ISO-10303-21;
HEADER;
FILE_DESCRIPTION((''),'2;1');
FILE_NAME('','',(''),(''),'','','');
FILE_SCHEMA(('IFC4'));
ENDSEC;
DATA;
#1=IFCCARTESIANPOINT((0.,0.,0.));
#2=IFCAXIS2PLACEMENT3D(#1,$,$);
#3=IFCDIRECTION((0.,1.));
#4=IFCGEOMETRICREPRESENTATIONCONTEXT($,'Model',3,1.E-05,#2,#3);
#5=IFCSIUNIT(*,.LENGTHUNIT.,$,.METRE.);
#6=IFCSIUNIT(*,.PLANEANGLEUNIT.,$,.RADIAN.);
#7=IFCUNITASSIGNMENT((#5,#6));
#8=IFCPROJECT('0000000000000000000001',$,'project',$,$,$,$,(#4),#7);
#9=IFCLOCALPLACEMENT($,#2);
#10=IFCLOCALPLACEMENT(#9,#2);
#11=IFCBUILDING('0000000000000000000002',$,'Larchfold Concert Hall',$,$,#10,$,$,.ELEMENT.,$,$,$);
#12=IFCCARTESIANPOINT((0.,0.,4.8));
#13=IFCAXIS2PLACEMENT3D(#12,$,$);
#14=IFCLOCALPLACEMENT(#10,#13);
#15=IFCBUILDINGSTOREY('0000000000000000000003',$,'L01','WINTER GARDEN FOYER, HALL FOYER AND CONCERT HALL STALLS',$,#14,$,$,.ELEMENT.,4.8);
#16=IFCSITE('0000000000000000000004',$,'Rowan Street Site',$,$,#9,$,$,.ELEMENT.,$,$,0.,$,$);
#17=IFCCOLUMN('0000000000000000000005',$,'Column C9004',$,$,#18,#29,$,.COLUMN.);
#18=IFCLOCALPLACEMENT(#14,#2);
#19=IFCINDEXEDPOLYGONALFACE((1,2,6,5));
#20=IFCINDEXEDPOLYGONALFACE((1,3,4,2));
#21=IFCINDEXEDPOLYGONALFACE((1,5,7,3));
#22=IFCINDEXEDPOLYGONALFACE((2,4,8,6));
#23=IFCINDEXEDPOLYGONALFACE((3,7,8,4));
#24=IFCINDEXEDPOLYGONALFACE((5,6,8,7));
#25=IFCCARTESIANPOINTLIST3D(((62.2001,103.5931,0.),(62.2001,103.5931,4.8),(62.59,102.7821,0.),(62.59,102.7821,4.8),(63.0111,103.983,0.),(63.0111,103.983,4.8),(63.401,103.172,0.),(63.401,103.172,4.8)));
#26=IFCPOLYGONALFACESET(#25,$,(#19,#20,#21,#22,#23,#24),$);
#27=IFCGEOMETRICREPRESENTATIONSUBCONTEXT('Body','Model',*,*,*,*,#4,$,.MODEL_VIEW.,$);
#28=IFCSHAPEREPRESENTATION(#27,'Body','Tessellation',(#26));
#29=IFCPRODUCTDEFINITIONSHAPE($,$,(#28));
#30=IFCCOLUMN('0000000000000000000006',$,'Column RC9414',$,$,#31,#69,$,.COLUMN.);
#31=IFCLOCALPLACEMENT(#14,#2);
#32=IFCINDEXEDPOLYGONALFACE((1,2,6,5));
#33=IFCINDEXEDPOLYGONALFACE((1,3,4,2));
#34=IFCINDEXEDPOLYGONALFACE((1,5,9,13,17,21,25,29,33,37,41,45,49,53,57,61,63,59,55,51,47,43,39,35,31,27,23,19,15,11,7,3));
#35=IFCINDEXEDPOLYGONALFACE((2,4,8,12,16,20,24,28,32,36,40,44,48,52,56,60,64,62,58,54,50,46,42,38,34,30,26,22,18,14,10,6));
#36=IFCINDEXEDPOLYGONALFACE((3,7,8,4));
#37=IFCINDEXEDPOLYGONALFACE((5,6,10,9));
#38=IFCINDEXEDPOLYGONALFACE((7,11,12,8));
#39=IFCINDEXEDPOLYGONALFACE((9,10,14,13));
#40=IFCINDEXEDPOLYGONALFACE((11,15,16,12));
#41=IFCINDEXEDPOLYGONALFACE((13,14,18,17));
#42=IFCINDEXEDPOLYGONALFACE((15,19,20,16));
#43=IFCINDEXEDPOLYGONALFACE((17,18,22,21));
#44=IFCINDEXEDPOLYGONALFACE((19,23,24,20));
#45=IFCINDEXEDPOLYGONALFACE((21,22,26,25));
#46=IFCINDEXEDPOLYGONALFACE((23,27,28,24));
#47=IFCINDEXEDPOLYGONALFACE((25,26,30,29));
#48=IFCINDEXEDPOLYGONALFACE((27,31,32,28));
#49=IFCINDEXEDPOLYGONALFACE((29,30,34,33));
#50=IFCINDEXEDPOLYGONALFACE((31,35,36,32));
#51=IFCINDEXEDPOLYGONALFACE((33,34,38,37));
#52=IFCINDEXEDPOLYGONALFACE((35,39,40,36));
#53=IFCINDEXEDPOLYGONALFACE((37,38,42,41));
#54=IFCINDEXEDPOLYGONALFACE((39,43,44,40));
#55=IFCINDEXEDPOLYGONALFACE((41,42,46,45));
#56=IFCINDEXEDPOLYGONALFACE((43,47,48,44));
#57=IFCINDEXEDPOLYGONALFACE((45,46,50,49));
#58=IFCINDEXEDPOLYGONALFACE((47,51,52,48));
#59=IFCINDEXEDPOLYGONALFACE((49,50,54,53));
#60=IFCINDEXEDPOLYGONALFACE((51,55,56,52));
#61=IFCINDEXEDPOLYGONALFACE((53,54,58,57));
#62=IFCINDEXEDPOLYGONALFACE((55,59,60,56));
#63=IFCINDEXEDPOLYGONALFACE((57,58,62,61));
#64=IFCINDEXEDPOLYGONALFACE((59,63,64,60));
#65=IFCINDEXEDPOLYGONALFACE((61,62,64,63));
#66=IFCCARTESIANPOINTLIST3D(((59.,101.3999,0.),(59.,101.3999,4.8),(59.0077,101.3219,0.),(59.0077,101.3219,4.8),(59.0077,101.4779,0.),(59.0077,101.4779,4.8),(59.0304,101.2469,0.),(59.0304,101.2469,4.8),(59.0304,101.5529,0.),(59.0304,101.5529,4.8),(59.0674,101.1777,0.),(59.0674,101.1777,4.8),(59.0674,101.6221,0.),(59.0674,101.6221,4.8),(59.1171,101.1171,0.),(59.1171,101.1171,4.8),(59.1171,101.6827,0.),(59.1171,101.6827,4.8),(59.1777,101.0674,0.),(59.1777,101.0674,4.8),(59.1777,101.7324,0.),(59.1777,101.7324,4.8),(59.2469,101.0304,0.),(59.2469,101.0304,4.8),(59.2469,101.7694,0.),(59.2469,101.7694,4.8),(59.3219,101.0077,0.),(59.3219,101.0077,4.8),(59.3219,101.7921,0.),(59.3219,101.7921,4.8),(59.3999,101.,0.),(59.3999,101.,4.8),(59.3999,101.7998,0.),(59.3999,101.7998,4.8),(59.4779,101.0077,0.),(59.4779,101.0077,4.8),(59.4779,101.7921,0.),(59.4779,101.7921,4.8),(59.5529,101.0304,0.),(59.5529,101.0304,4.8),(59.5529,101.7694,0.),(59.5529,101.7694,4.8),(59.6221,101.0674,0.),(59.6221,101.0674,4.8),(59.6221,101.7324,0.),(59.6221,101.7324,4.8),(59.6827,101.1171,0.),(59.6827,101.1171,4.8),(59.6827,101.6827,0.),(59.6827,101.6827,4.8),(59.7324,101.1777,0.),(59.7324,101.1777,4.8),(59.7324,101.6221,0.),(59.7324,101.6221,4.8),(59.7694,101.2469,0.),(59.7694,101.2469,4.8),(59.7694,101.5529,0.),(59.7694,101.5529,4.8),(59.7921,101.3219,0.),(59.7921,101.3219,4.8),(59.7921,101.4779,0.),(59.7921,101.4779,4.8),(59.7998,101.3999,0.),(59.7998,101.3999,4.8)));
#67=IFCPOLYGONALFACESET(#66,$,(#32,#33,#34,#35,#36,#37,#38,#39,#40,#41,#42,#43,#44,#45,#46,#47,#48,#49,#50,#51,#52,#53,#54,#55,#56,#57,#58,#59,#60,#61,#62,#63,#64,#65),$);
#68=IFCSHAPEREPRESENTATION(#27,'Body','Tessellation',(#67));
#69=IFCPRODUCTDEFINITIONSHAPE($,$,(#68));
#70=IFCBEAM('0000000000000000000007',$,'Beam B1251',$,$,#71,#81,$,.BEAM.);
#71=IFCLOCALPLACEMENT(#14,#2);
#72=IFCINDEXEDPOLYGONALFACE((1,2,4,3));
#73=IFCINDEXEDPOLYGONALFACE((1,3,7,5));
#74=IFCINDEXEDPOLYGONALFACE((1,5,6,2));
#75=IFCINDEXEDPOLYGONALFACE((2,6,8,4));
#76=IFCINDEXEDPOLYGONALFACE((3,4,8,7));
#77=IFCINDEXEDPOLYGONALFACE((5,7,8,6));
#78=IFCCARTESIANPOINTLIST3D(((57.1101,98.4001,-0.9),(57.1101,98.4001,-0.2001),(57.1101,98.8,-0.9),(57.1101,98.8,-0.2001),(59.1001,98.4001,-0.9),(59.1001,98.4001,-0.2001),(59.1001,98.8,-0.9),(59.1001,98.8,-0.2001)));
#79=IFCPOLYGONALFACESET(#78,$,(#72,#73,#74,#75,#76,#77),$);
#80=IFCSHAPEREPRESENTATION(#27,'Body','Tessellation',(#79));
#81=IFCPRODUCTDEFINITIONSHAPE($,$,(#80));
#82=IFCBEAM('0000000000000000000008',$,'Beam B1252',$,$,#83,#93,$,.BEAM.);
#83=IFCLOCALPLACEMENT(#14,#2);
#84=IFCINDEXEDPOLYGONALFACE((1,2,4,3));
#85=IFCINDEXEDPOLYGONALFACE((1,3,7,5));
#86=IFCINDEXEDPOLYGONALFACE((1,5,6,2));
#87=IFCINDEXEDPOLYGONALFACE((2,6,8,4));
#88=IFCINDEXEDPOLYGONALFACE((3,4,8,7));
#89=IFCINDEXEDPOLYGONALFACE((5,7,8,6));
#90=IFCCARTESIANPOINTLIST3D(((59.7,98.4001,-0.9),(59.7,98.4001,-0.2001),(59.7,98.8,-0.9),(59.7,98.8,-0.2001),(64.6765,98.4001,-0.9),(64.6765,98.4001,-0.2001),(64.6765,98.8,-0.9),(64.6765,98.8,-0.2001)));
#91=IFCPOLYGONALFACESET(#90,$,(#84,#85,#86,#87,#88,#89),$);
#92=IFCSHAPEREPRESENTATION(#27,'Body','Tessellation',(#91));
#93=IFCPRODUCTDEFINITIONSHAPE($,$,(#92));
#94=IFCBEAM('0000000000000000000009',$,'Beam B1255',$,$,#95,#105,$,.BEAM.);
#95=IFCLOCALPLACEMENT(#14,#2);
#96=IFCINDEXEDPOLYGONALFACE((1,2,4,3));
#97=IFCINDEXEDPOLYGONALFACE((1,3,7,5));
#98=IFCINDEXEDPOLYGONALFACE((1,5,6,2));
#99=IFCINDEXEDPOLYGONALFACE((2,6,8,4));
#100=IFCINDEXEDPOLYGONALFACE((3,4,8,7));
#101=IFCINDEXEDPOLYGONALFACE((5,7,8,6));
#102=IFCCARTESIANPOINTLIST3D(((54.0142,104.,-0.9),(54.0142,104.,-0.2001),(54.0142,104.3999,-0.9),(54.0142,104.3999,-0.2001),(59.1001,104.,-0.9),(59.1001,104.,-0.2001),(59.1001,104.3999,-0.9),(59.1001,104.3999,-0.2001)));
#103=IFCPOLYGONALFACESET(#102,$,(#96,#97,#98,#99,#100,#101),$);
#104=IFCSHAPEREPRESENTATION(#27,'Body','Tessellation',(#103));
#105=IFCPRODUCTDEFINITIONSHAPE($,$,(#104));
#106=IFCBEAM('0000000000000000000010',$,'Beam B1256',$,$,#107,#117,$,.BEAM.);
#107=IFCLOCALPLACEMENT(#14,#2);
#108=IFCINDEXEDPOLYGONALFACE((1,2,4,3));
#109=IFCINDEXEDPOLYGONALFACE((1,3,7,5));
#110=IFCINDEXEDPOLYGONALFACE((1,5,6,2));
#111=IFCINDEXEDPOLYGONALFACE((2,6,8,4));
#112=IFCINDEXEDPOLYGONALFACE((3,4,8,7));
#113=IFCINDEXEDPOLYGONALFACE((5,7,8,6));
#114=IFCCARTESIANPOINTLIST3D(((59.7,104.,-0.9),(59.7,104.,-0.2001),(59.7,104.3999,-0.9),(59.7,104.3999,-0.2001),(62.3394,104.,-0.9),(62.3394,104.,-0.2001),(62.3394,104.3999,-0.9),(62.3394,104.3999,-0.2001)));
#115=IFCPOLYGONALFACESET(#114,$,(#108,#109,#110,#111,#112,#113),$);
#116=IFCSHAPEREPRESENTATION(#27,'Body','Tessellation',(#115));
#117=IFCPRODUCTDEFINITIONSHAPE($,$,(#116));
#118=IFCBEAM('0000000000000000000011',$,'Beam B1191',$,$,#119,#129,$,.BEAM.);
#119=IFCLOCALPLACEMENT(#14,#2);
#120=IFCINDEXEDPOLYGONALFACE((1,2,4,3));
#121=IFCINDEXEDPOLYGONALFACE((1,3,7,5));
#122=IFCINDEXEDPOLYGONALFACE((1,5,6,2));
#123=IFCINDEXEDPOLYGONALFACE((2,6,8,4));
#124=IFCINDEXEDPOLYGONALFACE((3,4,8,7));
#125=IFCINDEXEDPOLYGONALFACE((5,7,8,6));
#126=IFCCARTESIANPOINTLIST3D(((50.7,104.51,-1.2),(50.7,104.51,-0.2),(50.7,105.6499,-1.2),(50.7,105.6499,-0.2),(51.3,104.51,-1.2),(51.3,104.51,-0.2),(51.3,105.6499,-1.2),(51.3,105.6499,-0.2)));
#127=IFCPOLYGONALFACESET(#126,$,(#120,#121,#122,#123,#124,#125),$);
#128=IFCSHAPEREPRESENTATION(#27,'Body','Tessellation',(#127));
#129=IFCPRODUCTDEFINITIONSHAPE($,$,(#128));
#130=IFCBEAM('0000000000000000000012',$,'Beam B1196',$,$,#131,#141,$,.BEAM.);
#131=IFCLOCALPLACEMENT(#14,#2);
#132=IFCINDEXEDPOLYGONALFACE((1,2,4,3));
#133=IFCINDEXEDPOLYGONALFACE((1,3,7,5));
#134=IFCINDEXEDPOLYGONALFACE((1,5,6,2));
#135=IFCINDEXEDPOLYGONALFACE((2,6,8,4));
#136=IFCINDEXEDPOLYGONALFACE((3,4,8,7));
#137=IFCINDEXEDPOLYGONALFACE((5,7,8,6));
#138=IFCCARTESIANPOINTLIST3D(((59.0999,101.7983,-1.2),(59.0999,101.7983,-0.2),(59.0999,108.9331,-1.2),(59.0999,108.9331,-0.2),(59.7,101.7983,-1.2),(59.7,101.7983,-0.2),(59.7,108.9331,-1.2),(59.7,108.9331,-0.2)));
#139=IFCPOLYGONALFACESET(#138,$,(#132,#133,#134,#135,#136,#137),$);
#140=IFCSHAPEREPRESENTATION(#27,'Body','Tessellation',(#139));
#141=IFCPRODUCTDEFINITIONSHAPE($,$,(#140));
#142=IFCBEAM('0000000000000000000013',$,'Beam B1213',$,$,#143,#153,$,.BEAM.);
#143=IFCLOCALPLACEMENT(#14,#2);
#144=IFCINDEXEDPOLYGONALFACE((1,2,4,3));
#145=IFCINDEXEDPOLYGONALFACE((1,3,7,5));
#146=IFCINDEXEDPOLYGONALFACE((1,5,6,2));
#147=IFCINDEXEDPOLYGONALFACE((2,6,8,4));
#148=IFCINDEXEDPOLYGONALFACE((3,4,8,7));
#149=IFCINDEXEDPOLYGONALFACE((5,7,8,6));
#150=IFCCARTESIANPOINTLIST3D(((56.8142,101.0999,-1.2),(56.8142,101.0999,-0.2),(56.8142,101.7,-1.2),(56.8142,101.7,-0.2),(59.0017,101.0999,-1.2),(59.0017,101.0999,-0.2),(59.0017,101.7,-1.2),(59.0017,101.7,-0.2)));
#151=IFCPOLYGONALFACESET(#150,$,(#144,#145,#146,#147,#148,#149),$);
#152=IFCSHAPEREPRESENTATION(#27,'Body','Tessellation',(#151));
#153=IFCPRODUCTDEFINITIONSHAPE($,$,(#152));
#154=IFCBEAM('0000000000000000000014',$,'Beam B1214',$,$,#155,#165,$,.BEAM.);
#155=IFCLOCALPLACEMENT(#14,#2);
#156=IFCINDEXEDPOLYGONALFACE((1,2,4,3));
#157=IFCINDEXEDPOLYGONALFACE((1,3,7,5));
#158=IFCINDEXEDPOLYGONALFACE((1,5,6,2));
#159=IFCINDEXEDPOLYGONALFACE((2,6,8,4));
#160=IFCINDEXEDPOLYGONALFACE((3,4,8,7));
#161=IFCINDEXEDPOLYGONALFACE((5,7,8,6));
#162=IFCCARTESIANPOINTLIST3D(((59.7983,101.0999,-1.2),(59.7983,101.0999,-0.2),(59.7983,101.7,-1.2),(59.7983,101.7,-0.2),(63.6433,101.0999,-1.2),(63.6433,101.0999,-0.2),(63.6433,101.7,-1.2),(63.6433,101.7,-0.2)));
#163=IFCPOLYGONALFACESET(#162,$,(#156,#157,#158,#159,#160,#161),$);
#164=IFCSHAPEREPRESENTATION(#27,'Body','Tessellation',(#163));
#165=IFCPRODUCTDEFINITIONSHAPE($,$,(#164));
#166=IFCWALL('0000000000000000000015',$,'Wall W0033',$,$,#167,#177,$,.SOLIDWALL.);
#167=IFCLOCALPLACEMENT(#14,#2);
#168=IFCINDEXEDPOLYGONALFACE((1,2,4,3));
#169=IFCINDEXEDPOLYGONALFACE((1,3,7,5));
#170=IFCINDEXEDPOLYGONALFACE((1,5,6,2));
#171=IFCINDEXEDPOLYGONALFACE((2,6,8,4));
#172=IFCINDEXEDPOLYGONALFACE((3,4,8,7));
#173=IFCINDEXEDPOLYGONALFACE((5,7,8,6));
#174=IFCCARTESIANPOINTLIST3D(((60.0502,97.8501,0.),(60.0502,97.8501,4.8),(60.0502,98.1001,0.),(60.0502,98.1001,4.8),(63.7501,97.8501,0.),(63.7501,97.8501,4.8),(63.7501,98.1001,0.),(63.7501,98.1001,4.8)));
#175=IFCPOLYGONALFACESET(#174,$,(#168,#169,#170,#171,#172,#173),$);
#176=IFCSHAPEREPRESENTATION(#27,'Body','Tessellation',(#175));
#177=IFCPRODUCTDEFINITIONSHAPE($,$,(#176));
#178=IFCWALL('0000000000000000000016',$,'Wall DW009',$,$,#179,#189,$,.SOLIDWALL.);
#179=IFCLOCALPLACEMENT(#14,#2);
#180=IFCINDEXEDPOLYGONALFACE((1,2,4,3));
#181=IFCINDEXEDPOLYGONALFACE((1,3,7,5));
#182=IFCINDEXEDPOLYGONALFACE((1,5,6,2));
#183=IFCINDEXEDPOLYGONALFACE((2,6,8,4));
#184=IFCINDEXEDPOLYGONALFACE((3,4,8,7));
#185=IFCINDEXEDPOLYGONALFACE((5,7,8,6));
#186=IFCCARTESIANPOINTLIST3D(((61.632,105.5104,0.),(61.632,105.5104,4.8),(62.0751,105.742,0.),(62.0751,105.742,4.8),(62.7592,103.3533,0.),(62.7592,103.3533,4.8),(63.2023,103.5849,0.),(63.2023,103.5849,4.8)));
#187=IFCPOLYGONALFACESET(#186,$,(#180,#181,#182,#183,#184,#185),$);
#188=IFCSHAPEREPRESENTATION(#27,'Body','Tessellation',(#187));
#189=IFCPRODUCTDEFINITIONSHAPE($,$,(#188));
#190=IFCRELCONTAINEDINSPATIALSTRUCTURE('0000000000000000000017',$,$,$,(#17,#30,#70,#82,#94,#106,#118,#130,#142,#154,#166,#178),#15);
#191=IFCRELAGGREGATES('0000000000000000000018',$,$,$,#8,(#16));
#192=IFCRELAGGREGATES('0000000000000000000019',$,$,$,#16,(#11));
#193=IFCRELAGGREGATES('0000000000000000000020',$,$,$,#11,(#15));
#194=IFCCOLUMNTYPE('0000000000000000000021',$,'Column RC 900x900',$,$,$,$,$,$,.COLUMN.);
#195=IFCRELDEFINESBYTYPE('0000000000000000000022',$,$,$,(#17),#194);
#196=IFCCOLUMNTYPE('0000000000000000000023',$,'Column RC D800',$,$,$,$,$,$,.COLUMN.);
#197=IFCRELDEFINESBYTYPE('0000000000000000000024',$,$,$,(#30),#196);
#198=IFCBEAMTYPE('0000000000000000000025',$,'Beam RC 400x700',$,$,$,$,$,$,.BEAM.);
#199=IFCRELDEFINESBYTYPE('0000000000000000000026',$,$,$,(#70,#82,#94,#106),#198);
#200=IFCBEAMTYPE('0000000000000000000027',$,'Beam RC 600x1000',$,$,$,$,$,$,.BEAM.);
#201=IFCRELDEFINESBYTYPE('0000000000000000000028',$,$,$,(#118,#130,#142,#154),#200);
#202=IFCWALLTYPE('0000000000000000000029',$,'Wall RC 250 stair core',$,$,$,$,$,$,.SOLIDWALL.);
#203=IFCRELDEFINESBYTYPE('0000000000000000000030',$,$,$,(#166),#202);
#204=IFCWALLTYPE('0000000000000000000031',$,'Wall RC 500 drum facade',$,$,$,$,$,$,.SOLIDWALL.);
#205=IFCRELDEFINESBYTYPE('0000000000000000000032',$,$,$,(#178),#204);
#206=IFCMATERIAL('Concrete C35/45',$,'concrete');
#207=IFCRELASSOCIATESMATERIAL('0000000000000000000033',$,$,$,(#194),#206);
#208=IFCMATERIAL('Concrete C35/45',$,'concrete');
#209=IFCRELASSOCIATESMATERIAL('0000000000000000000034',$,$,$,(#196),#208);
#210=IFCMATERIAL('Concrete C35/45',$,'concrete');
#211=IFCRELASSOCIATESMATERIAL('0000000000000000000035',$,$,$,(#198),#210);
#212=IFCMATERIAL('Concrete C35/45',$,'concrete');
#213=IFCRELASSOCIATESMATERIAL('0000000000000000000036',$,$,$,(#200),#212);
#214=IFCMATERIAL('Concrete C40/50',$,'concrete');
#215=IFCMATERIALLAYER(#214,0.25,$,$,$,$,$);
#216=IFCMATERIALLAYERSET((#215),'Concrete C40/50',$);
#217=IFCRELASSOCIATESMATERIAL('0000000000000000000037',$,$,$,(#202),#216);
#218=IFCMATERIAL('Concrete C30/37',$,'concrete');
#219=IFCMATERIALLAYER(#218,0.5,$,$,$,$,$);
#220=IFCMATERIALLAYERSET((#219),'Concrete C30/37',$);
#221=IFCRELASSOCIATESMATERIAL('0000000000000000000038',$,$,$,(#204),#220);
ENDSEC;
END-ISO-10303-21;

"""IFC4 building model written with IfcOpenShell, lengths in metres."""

from ifc_helpers import new_model, si_unit, direction, frame, frame_2d, origin, origin_2d, place, context, subcontext, project, spatial, rectangle, circle, extrude, material, layer, layer_set, material_profile, profile_set, type_object, element, save


model = new_model("IFC4")

# Units and contexts
model_context = context("Model", 3, precision=1e-05, world=origin(), true_north=direction((0.0, 1.0)))
body_context = subcontext(model_context, "Body", "Model", "MODEL_VIEW")
ifc_project = project(units=[si_unit("LENGTHUNIT", "METRE"), si_unit("PLANEANGLEUNIT", "RADIAN")], contexts=[model_context])

# Site, building, storey
site_placement = place(None, origin())
site = spatial("IfcSite", under=ifc_project, at=site_placement, Name="Rowan Street Site", CompositionType="ELEMENT", RefElevation=0.0)
building_placement = place(site_placement, origin())
building = spatial("IfcBuilding", under=site, at=building_placement, Name="Larchfold Concert Hall", CompositionType="ELEMENT")
storey_placement = place(building_placement, frame((0.0, 0.0, 4.8)))
storey = spatial("IfcBuildingStorey", under=building, at=storey_placement, Name="L01", Description="WINTER GARDEN FOYER, HALL FOYER AND CONCERT HALL STALLS", CompositionType="ELEMENT", Elevation=4.8)

# Columns
ifc_material_1 = material(Name="Concrete C35/45", Category="concrete")
ifc_material_profile_1 = material_profile(ifc_material_1, rectangle(XDim=0.8999, YDim=0.8999, at=origin_2d()))
ifc_profile_set_1 = profile_set([ifc_material_profile_1], Name="Concrete C35/45")
column_type_1 = type_object("IfcColumnType", Name="Column RC 900x900", PredefinedType="COLUMN", material=ifc_profile_set_1)
column_1_placement = place(storey_placement, frame((62.8005, 103.3826, 0.0), z_axis=(0.0, 0.0, 1.0), x_axis=(0.901263, 0.433272, 0.0)))
element("IfcColumn", 1, at=column_1_placement, inside=storey, type_object=column_type_1, Name="Column C9004", PredefinedType="COLUMN", context=body_context, shape_type="SweptSolid", body=[
    extrude(rectangle(XDim=0.8999, YDim=0.8999, at=origin_2d()), origin(), (0.0, 0.0, 1.0), 4.8),
])
ifc_material_2 = material(Name="Concrete C35/45", Category="concrete")
ifc_material_profile_2 = material_profile(ifc_material_2, circle(Radius=0.3999, at=origin_2d()))
ifc_profile_set_2 = profile_set([ifc_material_profile_2], Name="Concrete C35/45")
column_type_2 = type_object("IfcColumnType", Name="Column RC D800", PredefinedType="COLUMN", material=ifc_profile_set_2)
column_2_placement = place(storey_placement, frame((59.3999, 101.3999, 0.0), z_axis=(0.0, 0.0, 1.0), x_axis=(1.0, 0.0, 0.0)))
element("IfcColumn", 2, at=column_2_placement, inside=storey, type_object=column_type_2, Name="Column RC9414", PredefinedType="COLUMN", context=body_context, shape_type="SweptSolid", body=[
    extrude(circle(Radius=0.3999, at=origin_2d()), origin(), (0.0, 0.0, 1.0), 4.8),
])

# Beams
ifc_material_3 = material(Name="Concrete C35/45", Category="concrete")
ifc_material_profile_3 = material_profile(ifc_material_3, rectangle(XDim=0.3999, YDim=0.7, at=origin_2d()))
ifc_profile_set_3 = profile_set([ifc_material_profile_3], Name="Concrete C35/45")
beam_type_1 = type_object("IfcBeamType", Name="Beam RC 400x700", PredefinedType="BEAM", material=ifc_profile_set_3)
beam_1_placement = place(storey_placement, frame((57.1101, 98.6001, -0.55), z_axis=(1.0, 0.0, 0.0), x_axis=(0.0, 1.0, 0.0)))
element("IfcBeam", 3, at=beam_1_placement, inside=storey, type_object=beam_type_1, Name="Beam B1251", PredefinedType="BEAM", context=body_context, shape_type="SweptSolid", body=[
    extrude(rectangle(XDim=0.3999, YDim=0.7, at=origin_2d()), origin(), (0.0, 0.0, 1.0), 1.99),
])
beam_2_placement = place(storey_placement, frame((59.7, 98.6001, -0.55), z_axis=(1.0, 0.0, 0.0), x_axis=(0.0, 1.0, 0.0)))
element("IfcBeam", 4, at=beam_2_placement, inside=storey, type_object=beam_type_1, Name="Beam B1252", PredefinedType="BEAM", context=body_context, shape_type="SweptSolid", body=[
    extrude(rectangle(XDim=0.3999, YDim=0.7, at=origin_2d()), origin(), (0.0, 0.0, 1.0), 4.9766),
])
beam_3_placement = place(storey_placement, frame((54.0142, 104.2, -0.55), z_axis=(1.0, 0.0, 0.0), x_axis=(0.0, 1.0, 0.0)))
element("IfcBeam", 5, at=beam_3_placement, inside=storey, type_object=beam_type_1, Name="Beam B1255", PredefinedType="BEAM", context=body_context, shape_type="SweptSolid", body=[
    extrude(rectangle(XDim=0.3999, YDim=0.7, at=origin_2d()), origin(), (0.0, 0.0, 1.0), 5.0859),
])
beam_4_placement = place(storey_placement, frame((59.7, 104.2, -0.55), z_axis=(1.0, 0.0, 0.0), x_axis=(0.0, 1.0, 0.0)))
element("IfcBeam", 6, at=beam_4_placement, inside=storey, type_object=beam_type_1, Name="Beam B1256", PredefinedType="BEAM", context=body_context, shape_type="SweptSolid", body=[
    extrude(rectangle(XDim=0.3999, YDim=0.7, at=origin_2d()), origin(), (0.0, 0.0, 1.0), 2.6394),
])
ifc_material_4 = material(Name="Concrete C35/45", Category="concrete")
ifc_material_profile_4 = material_profile(ifc_material_4, rectangle(XDim=0.6001, YDim=1.0, at=origin_2d()))
ifc_profile_set_4 = profile_set([ifc_material_profile_4], Name="Concrete C35/45")
beam_type_2 = type_object("IfcBeamType", Name="Beam RC 600x1000", PredefinedType="BEAM", material=ifc_profile_set_4)
beam_5_placement = place(storey_placement, frame((51.0, 104.51, -0.7), z_axis=(0.0, 1.0, 0.0), x_axis=(-1.0, 0.0, 0.0)))
element("IfcBeam", 7, at=beam_5_placement, inside=storey, type_object=beam_type_2, Name="Beam B1191", PredefinedType="BEAM", context=body_context, shape_type="SweptSolid", body=[
    extrude(rectangle(XDim=0.6001, YDim=1.0, at=origin_2d()), origin(), (0.0, 0.0, 1.0), 1.1399),
])
beam_6_placement = place(storey_placement, frame((59.3999, 101.7983, -0.7), z_axis=(0.0, 1.0, 0.0), x_axis=(-1.0, 0.0, 0.0)))
element("IfcBeam", 8, at=beam_6_placement, inside=storey, type_object=beam_type_2, Name="Beam B1196", PredefinedType="BEAM", context=body_context, shape_type="SweptSolid", body=[
    extrude(rectangle(XDim=0.6001, YDim=1.0, at=origin_2d()), origin(), (0.0, 0.0, 1.0), 7.1348),
])
beam_7_placement = place(storey_placement, frame((56.8142, 101.3999, -0.7), z_axis=(1.0, 0.0, 0.0), x_axis=(0.0, 1.0, 0.0)))
element("IfcBeam", 9, at=beam_7_placement, inside=storey, type_object=beam_type_2, Name="Beam B1213", PredefinedType="BEAM", context=body_context, shape_type="SweptSolid", body=[
    extrude(rectangle(XDim=0.6001, YDim=1.0, at=origin_2d()), origin(), (0.0, 0.0, 1.0), 2.1875),
])
beam_8_placement = place(storey_placement, frame((59.7983, 101.3999, -0.7), z_axis=(1.0, 0.0, 0.0), x_axis=(0.0, 1.0, 0.0)))
element("IfcBeam", 10, at=beam_8_placement, inside=storey, type_object=beam_type_2, Name="Beam B1214", PredefinedType="BEAM", context=body_context, shape_type="SweptSolid", body=[
    extrude(rectangle(XDim=0.6001, YDim=1.0, at=origin_2d()), origin(), (0.0, 0.0, 1.0), 3.845),
])

# Walls
ifc_material_5 = material(Name="Concrete C40/50", Category="concrete")
ifc_layer_1 = layer(ifc_material_5, 0.25)
ifc_layer_set_1 = layer_set([ifc_layer_1], Name="Concrete C40/50")
wall_type_1 = type_object("IfcWallType", Name="Wall RC 250 stair core", PredefinedType="SOLIDWALL", material=ifc_layer_set_1)
wall_1_placement = place(storey_placement, frame((60.05, 97.9751, 0.0), z_axis=(0.0, 0.0, 1.0), x_axis=(1.0, 0.0, 0.0)))
element("IfcWall", 11, at=wall_1_placement, inside=storey, type_object=wall_type_1, Name="Wall W0033", PredefinedType="SOLIDWALL", context=body_context, shape_type="SweptSolid", body=[
    extrude(rectangle(XDim=3.7, YDim=0.25, at=frame_2d((1.8501, 0.0))), origin(), (0.0, 0.0, 1.0), 4.8),
])
ifc_material_6 = material(Name="Concrete C30/37", Category="concrete")
ifc_layer_2 = layer(ifc_material_6, 0.5)
ifc_layer_set_2 = layer_set([ifc_layer_2], Name="Concrete C30/37")
wall_type_2 = type_object("IfcWallType", Name="Wall RC 500 drum facade", PredefinedType="SOLIDWALL", material=ifc_layer_set_2)
wall_2_placement = place(storey_placement, frame((62.9807, 103.4692, 0.0), z_axis=(0.0, 0.0, 1.0), x_axis=(-0.463152, 0.886279, 0.0)))
element("IfcWall", 12, at=wall_2_placement, inside=storey, type_object=wall_type_2, Name="Wall DW009", PredefinedType="SOLIDWALL", context=body_context, shape_type="SweptSolid", body=[
    extrude(rectangle(XDim=2.4338, YDim=0.5, at=frame_2d((1.2168, 0.0))), origin(), (0.0, 0.0, 1.0), 4.8),
])

save(model, "model.ifc")
